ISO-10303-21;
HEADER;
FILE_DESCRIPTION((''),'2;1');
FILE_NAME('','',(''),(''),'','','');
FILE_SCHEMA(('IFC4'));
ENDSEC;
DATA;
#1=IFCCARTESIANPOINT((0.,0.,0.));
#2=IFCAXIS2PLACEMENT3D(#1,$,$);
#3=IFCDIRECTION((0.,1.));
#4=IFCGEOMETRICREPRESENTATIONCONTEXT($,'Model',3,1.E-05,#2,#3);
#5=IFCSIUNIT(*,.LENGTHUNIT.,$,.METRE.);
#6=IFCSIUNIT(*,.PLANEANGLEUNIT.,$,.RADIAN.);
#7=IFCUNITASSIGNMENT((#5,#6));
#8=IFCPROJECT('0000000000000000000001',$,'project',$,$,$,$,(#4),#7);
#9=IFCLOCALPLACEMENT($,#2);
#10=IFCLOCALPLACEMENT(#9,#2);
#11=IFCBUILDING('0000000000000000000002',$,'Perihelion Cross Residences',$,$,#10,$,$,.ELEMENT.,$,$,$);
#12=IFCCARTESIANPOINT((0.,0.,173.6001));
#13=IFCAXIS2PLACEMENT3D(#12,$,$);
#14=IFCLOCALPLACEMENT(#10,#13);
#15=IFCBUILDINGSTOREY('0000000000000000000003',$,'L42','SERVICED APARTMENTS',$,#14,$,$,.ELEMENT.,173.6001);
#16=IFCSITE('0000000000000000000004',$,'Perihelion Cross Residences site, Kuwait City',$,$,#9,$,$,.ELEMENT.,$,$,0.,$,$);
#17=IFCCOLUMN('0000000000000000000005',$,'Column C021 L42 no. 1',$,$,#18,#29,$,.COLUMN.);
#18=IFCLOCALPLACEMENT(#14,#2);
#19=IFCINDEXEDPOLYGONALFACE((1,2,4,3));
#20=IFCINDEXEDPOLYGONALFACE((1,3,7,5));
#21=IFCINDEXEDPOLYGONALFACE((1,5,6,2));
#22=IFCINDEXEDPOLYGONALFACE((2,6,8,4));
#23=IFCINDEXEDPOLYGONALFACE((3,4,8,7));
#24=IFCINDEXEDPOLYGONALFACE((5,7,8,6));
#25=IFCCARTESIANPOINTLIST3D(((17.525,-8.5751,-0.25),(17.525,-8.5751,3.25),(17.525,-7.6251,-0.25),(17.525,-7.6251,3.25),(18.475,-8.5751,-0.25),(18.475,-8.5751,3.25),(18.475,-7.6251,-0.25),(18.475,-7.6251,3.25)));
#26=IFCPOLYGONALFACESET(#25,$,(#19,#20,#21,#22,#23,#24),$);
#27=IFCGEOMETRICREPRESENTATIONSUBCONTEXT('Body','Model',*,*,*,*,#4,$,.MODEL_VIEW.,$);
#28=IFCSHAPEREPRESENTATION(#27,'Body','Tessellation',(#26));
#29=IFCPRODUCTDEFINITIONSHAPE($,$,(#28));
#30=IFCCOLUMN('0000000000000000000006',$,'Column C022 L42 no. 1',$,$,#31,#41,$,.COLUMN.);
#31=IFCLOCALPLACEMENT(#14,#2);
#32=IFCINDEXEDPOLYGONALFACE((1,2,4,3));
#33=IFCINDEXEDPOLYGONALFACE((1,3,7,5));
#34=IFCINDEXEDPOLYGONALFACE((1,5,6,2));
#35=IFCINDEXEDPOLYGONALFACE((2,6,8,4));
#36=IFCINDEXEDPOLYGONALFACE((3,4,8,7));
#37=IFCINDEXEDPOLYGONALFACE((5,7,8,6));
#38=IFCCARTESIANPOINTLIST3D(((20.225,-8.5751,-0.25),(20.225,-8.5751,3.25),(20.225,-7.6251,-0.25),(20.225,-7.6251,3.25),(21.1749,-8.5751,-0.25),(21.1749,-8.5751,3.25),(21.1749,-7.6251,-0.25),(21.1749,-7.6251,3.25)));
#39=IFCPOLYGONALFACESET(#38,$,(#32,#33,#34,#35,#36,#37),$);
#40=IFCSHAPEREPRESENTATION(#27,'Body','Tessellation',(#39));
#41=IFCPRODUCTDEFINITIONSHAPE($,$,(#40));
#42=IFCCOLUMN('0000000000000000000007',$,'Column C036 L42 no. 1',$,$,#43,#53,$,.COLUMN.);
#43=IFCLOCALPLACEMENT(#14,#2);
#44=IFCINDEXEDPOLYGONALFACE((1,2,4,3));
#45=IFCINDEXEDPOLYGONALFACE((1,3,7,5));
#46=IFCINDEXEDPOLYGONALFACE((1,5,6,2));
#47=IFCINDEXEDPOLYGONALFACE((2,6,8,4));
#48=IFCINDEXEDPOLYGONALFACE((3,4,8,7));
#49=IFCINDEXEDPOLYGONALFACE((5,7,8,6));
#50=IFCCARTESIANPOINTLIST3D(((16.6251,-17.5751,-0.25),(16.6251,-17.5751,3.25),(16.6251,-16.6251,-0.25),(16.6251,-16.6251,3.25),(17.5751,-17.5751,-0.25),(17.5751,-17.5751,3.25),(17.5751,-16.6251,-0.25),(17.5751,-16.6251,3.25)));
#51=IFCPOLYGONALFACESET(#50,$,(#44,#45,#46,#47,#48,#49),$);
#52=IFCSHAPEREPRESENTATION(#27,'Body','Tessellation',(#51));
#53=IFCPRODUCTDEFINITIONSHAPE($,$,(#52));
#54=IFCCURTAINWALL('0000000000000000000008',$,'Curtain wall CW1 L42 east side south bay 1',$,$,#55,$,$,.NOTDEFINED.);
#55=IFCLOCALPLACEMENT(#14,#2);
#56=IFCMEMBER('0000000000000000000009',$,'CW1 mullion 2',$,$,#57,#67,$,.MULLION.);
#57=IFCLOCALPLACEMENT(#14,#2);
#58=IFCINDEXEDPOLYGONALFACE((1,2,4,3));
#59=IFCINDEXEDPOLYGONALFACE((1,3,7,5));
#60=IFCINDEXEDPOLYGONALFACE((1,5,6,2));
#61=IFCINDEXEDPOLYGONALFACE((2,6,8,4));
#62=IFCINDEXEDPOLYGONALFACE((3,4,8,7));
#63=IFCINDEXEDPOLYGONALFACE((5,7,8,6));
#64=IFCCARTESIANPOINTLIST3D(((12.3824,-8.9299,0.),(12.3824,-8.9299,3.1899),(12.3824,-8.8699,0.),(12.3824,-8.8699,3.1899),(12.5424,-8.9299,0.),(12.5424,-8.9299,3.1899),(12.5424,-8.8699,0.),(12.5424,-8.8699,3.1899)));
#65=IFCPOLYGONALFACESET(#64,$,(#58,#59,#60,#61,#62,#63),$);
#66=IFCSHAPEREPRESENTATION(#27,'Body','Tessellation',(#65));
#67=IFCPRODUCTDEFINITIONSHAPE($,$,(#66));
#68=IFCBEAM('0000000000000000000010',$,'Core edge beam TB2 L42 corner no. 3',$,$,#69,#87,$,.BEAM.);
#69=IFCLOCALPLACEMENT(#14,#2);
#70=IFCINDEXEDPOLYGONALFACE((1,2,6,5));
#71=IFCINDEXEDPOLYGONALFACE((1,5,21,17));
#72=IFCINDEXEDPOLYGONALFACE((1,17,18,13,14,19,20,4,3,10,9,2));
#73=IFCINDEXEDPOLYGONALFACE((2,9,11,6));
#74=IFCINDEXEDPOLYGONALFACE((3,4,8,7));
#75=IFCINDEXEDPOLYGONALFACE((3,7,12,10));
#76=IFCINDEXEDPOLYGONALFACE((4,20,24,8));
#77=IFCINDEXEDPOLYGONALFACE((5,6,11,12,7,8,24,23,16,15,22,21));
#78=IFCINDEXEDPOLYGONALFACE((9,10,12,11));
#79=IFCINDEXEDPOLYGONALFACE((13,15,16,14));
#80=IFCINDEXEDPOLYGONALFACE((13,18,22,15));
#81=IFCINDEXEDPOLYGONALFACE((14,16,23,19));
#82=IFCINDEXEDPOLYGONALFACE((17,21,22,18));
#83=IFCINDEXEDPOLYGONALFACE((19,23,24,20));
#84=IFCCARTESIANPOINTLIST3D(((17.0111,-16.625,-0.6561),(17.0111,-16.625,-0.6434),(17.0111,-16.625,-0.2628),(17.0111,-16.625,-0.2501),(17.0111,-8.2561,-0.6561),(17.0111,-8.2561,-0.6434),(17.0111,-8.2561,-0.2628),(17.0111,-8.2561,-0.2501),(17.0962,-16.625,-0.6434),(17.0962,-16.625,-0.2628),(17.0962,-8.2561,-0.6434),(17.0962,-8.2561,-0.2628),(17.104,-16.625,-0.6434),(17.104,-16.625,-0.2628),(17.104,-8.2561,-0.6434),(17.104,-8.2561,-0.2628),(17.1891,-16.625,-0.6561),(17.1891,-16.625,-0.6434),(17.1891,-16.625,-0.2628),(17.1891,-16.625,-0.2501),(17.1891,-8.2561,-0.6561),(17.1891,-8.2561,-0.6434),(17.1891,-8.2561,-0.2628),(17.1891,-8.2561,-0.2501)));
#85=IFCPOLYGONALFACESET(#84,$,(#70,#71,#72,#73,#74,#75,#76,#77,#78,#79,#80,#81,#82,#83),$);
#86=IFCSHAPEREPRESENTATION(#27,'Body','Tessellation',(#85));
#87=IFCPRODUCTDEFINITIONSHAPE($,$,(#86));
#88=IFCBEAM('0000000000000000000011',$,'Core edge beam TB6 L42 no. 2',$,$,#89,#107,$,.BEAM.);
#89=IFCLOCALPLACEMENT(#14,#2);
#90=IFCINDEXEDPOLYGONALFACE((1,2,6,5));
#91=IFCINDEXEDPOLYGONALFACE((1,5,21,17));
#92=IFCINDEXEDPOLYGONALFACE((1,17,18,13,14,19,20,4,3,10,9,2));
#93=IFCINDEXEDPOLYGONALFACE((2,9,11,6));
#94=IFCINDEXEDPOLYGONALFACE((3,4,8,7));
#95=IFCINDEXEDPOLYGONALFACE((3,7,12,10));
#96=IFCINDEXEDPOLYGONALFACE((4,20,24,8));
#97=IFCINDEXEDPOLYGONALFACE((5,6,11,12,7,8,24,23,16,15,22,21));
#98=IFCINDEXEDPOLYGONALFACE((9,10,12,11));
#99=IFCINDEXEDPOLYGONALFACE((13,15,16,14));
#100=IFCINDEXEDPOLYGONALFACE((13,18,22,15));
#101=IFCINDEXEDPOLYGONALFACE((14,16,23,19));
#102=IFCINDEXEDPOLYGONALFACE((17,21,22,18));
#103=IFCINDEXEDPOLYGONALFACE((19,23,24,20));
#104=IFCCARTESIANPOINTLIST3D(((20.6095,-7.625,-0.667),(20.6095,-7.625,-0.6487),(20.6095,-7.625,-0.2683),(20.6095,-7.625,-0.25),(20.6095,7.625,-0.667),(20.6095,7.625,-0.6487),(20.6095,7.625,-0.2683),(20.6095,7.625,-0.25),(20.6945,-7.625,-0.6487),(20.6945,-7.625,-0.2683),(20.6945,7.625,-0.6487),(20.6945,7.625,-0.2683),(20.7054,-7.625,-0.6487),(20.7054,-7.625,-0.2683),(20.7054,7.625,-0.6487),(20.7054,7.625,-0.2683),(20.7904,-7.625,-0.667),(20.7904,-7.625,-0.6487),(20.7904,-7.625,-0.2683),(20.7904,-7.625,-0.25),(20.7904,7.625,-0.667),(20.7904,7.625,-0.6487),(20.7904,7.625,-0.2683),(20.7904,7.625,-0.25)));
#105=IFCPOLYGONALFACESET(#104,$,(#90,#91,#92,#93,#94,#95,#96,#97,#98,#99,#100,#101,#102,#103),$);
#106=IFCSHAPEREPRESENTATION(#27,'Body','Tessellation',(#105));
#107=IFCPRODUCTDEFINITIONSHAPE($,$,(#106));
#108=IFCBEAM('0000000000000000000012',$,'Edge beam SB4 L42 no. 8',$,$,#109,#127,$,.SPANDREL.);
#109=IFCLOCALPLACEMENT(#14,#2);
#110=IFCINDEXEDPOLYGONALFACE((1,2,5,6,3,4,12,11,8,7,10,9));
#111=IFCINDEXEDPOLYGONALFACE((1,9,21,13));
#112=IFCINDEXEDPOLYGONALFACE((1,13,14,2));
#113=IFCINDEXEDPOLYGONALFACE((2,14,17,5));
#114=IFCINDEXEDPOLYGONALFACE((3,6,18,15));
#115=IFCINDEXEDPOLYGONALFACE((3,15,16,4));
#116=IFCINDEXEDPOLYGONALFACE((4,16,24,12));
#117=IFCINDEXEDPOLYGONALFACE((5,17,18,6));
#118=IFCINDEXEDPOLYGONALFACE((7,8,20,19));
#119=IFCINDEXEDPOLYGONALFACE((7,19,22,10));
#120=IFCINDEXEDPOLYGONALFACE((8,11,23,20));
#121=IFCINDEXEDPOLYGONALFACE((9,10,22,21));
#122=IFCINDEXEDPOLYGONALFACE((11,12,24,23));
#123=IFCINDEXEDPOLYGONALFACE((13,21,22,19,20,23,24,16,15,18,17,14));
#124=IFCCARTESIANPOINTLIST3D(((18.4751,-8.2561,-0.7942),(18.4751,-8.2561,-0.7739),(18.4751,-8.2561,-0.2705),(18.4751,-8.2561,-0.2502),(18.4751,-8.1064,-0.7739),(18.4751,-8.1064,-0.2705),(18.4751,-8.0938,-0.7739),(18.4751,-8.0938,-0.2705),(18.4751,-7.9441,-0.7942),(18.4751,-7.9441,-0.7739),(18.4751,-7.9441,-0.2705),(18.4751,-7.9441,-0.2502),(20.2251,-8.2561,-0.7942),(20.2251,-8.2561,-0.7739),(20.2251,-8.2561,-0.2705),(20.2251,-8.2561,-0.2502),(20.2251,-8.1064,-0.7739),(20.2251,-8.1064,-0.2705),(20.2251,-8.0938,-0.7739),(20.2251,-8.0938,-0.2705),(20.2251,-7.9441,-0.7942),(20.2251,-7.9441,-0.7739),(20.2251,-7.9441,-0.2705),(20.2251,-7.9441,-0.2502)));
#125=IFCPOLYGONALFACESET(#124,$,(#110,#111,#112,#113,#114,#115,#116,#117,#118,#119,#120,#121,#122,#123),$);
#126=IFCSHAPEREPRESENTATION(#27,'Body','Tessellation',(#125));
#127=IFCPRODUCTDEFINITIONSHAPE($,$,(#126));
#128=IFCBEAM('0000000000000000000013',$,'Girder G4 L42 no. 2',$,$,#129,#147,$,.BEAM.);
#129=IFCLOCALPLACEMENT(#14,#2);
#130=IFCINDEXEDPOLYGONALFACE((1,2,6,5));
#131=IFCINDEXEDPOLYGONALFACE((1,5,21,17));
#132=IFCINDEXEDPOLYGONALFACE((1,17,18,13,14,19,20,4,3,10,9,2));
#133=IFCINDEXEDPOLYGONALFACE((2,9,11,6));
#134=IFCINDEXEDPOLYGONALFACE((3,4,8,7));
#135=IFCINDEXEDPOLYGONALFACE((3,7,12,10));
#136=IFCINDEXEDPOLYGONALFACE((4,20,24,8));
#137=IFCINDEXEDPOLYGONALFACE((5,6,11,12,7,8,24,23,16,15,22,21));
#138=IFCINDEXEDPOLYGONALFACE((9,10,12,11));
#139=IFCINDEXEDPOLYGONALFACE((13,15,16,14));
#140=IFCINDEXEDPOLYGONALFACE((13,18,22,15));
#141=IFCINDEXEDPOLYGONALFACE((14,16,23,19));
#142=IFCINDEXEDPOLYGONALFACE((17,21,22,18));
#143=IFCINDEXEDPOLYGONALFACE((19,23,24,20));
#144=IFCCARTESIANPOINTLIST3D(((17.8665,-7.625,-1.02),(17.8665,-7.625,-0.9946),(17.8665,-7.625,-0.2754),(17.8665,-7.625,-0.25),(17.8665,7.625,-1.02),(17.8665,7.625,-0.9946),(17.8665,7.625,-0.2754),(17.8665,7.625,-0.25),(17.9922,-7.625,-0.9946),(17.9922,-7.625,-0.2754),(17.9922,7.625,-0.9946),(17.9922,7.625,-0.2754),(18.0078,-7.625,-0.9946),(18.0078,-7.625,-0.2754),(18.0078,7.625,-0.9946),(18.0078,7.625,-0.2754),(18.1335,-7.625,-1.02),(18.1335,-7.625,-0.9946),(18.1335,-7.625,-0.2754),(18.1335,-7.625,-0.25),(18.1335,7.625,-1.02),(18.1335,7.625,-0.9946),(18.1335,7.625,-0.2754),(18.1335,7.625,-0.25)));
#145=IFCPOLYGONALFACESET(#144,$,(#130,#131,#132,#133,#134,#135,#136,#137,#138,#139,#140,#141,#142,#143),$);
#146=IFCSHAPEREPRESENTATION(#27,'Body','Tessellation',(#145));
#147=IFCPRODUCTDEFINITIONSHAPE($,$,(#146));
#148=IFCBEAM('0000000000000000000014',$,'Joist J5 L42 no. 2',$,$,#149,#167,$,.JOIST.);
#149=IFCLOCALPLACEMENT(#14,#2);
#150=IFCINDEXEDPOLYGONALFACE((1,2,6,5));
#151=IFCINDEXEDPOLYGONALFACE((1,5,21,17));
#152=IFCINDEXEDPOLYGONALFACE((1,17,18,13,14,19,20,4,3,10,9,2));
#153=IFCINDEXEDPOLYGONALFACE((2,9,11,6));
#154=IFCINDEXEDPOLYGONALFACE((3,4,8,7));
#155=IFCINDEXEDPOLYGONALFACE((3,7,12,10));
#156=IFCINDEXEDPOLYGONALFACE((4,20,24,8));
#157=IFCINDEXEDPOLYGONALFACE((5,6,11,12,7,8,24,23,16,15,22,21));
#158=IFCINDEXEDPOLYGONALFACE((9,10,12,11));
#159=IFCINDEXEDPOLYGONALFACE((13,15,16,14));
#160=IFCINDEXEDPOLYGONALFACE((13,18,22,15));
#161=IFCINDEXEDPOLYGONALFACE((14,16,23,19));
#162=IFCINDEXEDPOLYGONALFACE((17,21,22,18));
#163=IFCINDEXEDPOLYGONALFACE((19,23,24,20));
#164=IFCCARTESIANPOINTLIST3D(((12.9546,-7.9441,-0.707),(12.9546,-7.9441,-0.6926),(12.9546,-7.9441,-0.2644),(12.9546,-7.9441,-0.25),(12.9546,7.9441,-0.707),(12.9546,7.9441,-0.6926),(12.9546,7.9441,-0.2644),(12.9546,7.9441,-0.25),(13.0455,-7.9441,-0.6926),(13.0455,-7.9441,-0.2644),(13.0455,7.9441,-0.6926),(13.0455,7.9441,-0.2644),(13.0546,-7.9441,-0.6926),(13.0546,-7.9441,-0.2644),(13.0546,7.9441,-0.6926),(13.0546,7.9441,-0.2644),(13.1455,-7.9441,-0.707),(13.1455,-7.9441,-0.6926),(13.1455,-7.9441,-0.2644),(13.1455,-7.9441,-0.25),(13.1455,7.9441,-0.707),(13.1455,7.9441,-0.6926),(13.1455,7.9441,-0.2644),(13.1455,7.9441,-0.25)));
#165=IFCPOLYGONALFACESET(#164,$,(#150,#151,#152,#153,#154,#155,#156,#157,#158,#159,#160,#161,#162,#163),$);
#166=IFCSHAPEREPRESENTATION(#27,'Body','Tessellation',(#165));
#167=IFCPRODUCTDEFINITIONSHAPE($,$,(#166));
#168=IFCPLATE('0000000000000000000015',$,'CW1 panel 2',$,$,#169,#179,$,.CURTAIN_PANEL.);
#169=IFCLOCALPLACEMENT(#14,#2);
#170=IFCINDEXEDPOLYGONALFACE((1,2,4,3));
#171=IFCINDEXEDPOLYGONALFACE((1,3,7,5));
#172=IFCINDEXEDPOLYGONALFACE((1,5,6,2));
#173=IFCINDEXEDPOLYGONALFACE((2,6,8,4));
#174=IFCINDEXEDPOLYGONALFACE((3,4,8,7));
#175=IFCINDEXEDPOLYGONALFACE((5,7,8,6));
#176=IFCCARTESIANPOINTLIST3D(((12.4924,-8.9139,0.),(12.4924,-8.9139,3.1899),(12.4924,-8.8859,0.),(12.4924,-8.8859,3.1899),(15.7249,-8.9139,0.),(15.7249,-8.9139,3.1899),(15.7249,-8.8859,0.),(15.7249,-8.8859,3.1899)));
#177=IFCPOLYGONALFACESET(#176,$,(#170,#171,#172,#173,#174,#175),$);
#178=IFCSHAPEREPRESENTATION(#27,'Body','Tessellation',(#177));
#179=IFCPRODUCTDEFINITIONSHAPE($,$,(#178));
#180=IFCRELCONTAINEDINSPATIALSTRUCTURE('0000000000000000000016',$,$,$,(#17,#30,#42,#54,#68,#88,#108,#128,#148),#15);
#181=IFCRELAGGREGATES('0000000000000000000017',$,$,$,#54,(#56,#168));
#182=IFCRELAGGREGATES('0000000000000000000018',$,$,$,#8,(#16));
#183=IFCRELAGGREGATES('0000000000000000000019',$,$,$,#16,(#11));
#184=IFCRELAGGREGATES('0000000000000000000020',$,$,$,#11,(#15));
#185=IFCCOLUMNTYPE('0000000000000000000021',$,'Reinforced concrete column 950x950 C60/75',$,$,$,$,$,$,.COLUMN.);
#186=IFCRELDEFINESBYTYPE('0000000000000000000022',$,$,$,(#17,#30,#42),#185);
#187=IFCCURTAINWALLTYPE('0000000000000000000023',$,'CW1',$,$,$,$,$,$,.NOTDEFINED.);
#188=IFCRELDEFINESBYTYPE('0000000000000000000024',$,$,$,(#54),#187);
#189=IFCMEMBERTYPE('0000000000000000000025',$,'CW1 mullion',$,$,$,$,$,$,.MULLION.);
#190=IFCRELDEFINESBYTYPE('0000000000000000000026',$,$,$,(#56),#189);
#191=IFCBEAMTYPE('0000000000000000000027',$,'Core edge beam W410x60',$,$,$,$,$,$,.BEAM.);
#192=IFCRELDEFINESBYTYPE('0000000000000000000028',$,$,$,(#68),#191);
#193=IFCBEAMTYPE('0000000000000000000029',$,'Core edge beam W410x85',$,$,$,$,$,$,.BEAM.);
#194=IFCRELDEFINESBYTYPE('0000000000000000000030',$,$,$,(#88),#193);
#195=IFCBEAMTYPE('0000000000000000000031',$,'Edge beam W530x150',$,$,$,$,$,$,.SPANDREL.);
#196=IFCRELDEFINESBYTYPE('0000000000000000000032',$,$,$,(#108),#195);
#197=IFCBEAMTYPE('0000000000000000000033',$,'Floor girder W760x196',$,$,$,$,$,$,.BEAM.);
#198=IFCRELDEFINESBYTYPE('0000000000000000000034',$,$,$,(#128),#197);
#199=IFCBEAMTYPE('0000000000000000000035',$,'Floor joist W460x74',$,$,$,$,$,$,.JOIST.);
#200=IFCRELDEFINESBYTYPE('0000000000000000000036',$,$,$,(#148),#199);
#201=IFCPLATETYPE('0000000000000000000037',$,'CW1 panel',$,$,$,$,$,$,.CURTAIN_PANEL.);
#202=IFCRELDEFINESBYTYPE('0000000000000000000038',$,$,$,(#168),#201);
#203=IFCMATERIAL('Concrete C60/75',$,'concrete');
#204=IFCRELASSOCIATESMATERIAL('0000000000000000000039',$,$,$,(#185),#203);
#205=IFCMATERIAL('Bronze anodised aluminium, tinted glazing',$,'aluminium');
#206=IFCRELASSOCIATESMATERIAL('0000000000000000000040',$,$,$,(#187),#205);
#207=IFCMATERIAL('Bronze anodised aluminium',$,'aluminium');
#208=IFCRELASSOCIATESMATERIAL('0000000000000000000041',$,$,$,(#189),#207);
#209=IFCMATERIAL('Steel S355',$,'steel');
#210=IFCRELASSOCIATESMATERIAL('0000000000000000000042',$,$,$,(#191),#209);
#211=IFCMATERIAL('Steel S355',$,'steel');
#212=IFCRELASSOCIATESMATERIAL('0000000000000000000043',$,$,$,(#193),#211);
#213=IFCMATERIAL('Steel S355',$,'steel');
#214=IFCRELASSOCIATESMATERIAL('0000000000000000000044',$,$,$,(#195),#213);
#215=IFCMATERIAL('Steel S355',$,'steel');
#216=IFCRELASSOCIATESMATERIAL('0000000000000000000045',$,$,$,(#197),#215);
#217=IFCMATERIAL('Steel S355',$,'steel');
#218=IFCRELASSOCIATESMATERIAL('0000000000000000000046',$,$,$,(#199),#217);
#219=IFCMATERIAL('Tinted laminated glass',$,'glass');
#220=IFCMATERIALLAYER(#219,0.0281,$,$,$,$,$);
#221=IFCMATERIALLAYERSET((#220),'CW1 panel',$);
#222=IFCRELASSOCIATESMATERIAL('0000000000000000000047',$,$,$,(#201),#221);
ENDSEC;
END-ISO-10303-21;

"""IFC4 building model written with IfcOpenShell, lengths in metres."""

from ifc_helpers import new_model, si_unit, direction, frame, origin, origin_2d, place, context, subcontext, project, spatial, rectangle, i_section, extrude, material, layer, layer_set, material_profile, profile_set, type_object, element, aggregate, save


model = new_model("IFC4")

# Units and contexts
model_context = context("Model", 3, precision=1e-05, world=origin(), true_north=direction((0.0, 1.0)))
body_context = subcontext(model_context, "Body", "Model", "MODEL_VIEW")
ifc_project = project(units=[si_unit("LENGTHUNIT", "METRE"), si_unit("PLANEANGLEUNIT", "RADIAN")], contexts=[model_context])

# Site, building, storey
site_placement = place(None, origin())
site = spatial("IfcSite", under=ifc_project, at=site_placement, Name="Perihelion Cross Residences site, Kuwait City", CompositionType="ELEMENT", RefElevation=0.0)
building_placement = place(site_placement, origin())
building = spatial("IfcBuilding", under=site, at=building_placement, Name="Perihelion Cross Residences", CompositionType="ELEMENT")
storey_placement = place(building_placement, frame((0.0, 0.0, 173.6001)))
storey = spatial("IfcBuildingStorey", under=building, at=storey_placement, Name="L42", Description="SERVICED APARTMENTS", CompositionType="ELEMENT", Elevation=173.6001)

# Columns
ifc_material_1 = material(Name="Concrete C60/75", Category="concrete")
ifc_material_profile_1 = material_profile(ifc_material_1, rectangle(XDim=0.95, YDim=0.95, at=origin_2d()), Name="RC 950x950")
ifc_profile_set_1 = profile_set([ifc_material_profile_1], Name="Concrete C60/75")
column_type = type_object("IfcColumnType", Name="Reinforced concrete column 950x950 C60/75", PredefinedType="COLUMN", material=ifc_profile_set_1)
for number, where, z_axis, x_axis, name in (
    (1, (18.0, -8.1001, -0.25), (0.0, 0.0, 1.0), (1.0, 0.0, 0.0), "Column C021 L42 no. 1"),
    (2, (20.7, -8.1001, -0.25), (0.0, 0.0, 1.0), (1.0, 0.0, 0.0), "Column C022 L42 no. 1"),
    (3, (17.1001, -17.1001, -0.25), (0.0, 0.0, 1.0), (1.0, 0.0, 0.0), "Column C036 L42 no. 1"),
):
    element("IfcColumn", number, at=place(storey_placement, frame(where, z_axis=z_axis, x_axis=x_axis)), inside=storey, type_object=column_type, Name=name, PredefinedType="COLUMN", context=body_context, shape_type="SweptSolid", body=[
        extrude(rectangle(XDim=0.95, YDim=0.95, at=origin_2d()), origin(), (0.0, 0.0, 1.0), 3.5),
    ])

# Curtain wall, member
ifc_material_2 = material(Name="Bronze anodised aluminium, tinted glazing", Category="aluminium")
curtain_wall_type = type_object("IfcCurtainWallType", Name="CW1", PredefinedType="NOTDEFINED", material=ifc_material_2)
curtain_wall_placement = place(storey_placement, origin())
curtain_wall = element("IfcCurtainWall", 4, at=curtain_wall_placement, inside=storey, type_object=curtain_wall_type, Name="Curtain wall CW1 L42 east side south bay 1", PredefinedType="NOTDEFINED")
ifc_material_3 = material(Name="Bronze anodised aluminium", Category="aluminium")
ifc_material_profile_2 = material_profile(ifc_material_3, rectangle(XDim=0.0601, YDim=0.1599, at=origin_2d()), Name="CW1 mullion")
ifc_profile_set_2 = profile_set([ifc_material_profile_2], Name="Bronze anodised aluminium")
member_type = type_object("IfcMemberType", Name="CW1 mullion", PredefinedType="MULLION", material=ifc_profile_set_2)
member_placement = place(storey_placement, frame((12.4624, -8.8999, 0.0), z_axis=(0.0, 0.0, 1.0), x_axis=(0.0, 1.0, 0.0)))
member = element("IfcMember", 5, at=member_placement, type_object=member_type, Name="CW1 mullion 2", PredefinedType="MULLION", context=body_context, shape_type="SweptSolid", body=[
    extrude(rectangle(XDim=0.0601, YDim=0.1599, at=origin_2d()), origin(), (0.0, 0.0, 1.0), 3.1899),
])

# Beams
ifc_material_4 = material(Name="Steel S355", Category="steel")
ifc_material_profile_3 = material_profile(ifc_material_4, i_section(OverallWidth=0.178, OverallDepth=0.406, WebThickness=0.0078, FlangeThickness=0.0127, at=origin_2d()), Name="W410x60")
ifc_profile_set_3 = profile_set([ifc_material_profile_3], Name="Steel S355")
beam_type_1 = type_object("IfcBeamType", Name="Core edge beam W410x60", PredefinedType="BEAM", material=ifc_profile_set_3)
beam_1_placement = place(storey_placement, frame((17.1001, -8.2561, -0.4531), z_axis=(0.0, -1.0, 0.0), x_axis=(1.0, 0.0, 0.0)))
element("IfcBeam", 6, at=beam_1_placement, inside=storey, type_object=beam_type_1, Name="Core edge beam TB2 L42 corner no. 3", PredefinedType="BEAM", context=body_context, shape_type="SweptSolid", body=[
    extrude(i_section(OverallWidth=0.178, OverallDepth=0.406, WebThickness=0.0078, FlangeThickness=0.0127, at=origin_2d()), origin(), (0.0, 0.0, 1.0), 8.3689),
])
ifc_material_5 = material(Name="Steel S355", Category="steel")
ifc_material_profile_4 = material_profile(ifc_material_5, i_section(OverallWidth=0.1809, OverallDepth=0.417, WebThickness=0.011, FlangeThickness=0.0183, at=origin_2d()), Name="W410x85")
ifc_profile_set_4 = profile_set([ifc_material_profile_4], Name="Steel S355")
beam_type_2 = type_object("IfcBeamType", Name="Core edge beam W410x85", PredefinedType="BEAM", material=ifc_profile_set_4)
beam_2_placement = place(storey_placement, frame((20.7, -7.625, -0.4585), z_axis=(0.0, 1.0, 0.0), x_axis=(-1.0, 0.0, 0.0)))
element("IfcBeam", 7, at=beam_2_placement, inside=storey, type_object=beam_type_2, Name="Core edge beam TB6 L42 no. 2", PredefinedType="BEAM", context=body_context, shape_type="SweptSolid", body=[
    extrude(i_section(OverallWidth=0.1809, OverallDepth=0.417, WebThickness=0.011, FlangeThickness=0.0183, at=origin_2d()), origin(), (0.0, 0.0, 1.0), 15.25),
])
ifc_material_6 = material(Name="Steel S355", Category="steel")
ifc_material_profile_5 = material_profile(ifc_material_6, i_section(OverallWidth=0.312, OverallDepth=0.5439, WebThickness=0.0127, FlangeThickness=0.0203, at=origin_2d()), Name="W530x150")
ifc_profile_set_5 = profile_set([ifc_material_profile_5], Name="Steel S355")
beam_type_3 = type_object("IfcBeamType", Name="Edge beam W530x150", PredefinedType="SPANDREL", material=ifc_profile_set_5)
beam_3_placement = place(storey_placement, frame((18.4751, -8.1001, -0.5222), z_axis=(1.0, 0.0, 0.0), x_axis=(0.0, 1.0, 0.0)))
element("IfcBeam", 8, at=beam_3_placement, inside=storey, type_object=beam_type_3, Name="Edge beam SB4 L42 no. 8", PredefinedType="SPANDREL", context=body_context, shape_type="SweptSolid", body=[
    extrude(i_section(OverallWidth=0.312, OverallDepth=0.5439, WebThickness=0.0127, FlangeThickness=0.0203, at=origin_2d()), origin(), (0.0, 0.0, 1.0), 1.75),
])
ifc_material_7 = material(Name="Steel S355", Category="steel")
ifc_material_profile_6 = material_profile(ifc_material_7, i_section(OverallWidth=0.2671, OverallDepth=0.77, WebThickness=0.0156, FlangeThickness=0.0254, at=origin_2d()), Name="W760x196")
ifc_profile_set_6 = profile_set([ifc_material_profile_6], Name="Steel S355")
beam_type_4 = type_object("IfcBeamType", Name="Floor girder W760x196", PredefinedType="BEAM", material=ifc_profile_set_6)
beam_4_placement = place(storey_placement, frame((18.0, -7.625, -0.635), z_axis=(0.0, 1.0, 0.0), x_axis=(-1.0, 0.0, 0.0)))
element("IfcBeam", 9, at=beam_4_placement, inside=storey, type_object=beam_type_4, Name="Girder G4 L42 no. 2", PredefinedType="BEAM", context=body_context, shape_type="SweptSolid", body=[
    extrude(i_section(OverallWidth=0.2671, OverallDepth=0.77, WebThickness=0.0156, FlangeThickness=0.0254, at=origin_2d()), origin(), (0.0, 0.0, 1.0), 15.25),
])
ifc_material_8 = material(Name="Steel S355", Category="steel")
ifc_material_profile_7 = material_profile(ifc_material_8, i_section(OverallWidth=0.1909, OverallDepth=0.457, WebThickness=0.009, FlangeThickness=0.0144, at=origin_2d()), Name="W460x74")
ifc_profile_set_7 = profile_set([ifc_material_profile_7], Name="Steel S355")
beam_type_5 = type_object("IfcBeamType", Name="Floor joist W460x74", PredefinedType="JOIST", material=ifc_profile_set_7)
beam_5_placement = place(storey_placement, frame((13.05, -7.9441, -0.4785), z_axis=(0.0, 1.0, 0.0), x_axis=(-1.0, 0.0, 0.0)))
element("IfcBeam", 10, at=beam_5_placement, inside=storey, type_object=beam_type_5, Name="Joist J5 L42 no. 2", PredefinedType="JOIST", context=body_context, shape_type="SweptSolid", body=[
    extrude(i_section(OverallWidth=0.1909, OverallDepth=0.457, WebThickness=0.009, FlangeThickness=0.0144, at=origin_2d()), origin(), (0.0, 0.0, 1.0), 15.8882),
])

# Plate
ifc_material_9 = material(Name="Tinted laminated glass", Category="glass")
ifc_layer_1 = layer(ifc_material_9, 0.0281)
ifc_layer_set_1 = layer_set([ifc_layer_1], Name="CW1 panel")
plate_type = type_object("IfcPlateType", Name="CW1 panel", PredefinedType="CURTAIN_PANEL", material=ifc_layer_set_1)
plate_placement = place(storey_placement, frame((14.1086, -8.8999, 0.0), z_axis=(0.0, 0.0, 1.0), x_axis=(1.0, 0.0, 0.0)))
plate = element("IfcPlate", 11, at=plate_placement, type_object=plate_type, Name="CW1 panel 2", PredefinedType="CURTAIN_PANEL", context=body_context, shape_type="SweptSolid", body=[
    extrude(rectangle(XDim=3.2324, YDim=0.0281, at=origin_2d()), origin(), (0.0, 0.0, 1.0), 3.1899),
])
aggregate(curtain_wall, [member, plate])

save(model, "model.ifc")
